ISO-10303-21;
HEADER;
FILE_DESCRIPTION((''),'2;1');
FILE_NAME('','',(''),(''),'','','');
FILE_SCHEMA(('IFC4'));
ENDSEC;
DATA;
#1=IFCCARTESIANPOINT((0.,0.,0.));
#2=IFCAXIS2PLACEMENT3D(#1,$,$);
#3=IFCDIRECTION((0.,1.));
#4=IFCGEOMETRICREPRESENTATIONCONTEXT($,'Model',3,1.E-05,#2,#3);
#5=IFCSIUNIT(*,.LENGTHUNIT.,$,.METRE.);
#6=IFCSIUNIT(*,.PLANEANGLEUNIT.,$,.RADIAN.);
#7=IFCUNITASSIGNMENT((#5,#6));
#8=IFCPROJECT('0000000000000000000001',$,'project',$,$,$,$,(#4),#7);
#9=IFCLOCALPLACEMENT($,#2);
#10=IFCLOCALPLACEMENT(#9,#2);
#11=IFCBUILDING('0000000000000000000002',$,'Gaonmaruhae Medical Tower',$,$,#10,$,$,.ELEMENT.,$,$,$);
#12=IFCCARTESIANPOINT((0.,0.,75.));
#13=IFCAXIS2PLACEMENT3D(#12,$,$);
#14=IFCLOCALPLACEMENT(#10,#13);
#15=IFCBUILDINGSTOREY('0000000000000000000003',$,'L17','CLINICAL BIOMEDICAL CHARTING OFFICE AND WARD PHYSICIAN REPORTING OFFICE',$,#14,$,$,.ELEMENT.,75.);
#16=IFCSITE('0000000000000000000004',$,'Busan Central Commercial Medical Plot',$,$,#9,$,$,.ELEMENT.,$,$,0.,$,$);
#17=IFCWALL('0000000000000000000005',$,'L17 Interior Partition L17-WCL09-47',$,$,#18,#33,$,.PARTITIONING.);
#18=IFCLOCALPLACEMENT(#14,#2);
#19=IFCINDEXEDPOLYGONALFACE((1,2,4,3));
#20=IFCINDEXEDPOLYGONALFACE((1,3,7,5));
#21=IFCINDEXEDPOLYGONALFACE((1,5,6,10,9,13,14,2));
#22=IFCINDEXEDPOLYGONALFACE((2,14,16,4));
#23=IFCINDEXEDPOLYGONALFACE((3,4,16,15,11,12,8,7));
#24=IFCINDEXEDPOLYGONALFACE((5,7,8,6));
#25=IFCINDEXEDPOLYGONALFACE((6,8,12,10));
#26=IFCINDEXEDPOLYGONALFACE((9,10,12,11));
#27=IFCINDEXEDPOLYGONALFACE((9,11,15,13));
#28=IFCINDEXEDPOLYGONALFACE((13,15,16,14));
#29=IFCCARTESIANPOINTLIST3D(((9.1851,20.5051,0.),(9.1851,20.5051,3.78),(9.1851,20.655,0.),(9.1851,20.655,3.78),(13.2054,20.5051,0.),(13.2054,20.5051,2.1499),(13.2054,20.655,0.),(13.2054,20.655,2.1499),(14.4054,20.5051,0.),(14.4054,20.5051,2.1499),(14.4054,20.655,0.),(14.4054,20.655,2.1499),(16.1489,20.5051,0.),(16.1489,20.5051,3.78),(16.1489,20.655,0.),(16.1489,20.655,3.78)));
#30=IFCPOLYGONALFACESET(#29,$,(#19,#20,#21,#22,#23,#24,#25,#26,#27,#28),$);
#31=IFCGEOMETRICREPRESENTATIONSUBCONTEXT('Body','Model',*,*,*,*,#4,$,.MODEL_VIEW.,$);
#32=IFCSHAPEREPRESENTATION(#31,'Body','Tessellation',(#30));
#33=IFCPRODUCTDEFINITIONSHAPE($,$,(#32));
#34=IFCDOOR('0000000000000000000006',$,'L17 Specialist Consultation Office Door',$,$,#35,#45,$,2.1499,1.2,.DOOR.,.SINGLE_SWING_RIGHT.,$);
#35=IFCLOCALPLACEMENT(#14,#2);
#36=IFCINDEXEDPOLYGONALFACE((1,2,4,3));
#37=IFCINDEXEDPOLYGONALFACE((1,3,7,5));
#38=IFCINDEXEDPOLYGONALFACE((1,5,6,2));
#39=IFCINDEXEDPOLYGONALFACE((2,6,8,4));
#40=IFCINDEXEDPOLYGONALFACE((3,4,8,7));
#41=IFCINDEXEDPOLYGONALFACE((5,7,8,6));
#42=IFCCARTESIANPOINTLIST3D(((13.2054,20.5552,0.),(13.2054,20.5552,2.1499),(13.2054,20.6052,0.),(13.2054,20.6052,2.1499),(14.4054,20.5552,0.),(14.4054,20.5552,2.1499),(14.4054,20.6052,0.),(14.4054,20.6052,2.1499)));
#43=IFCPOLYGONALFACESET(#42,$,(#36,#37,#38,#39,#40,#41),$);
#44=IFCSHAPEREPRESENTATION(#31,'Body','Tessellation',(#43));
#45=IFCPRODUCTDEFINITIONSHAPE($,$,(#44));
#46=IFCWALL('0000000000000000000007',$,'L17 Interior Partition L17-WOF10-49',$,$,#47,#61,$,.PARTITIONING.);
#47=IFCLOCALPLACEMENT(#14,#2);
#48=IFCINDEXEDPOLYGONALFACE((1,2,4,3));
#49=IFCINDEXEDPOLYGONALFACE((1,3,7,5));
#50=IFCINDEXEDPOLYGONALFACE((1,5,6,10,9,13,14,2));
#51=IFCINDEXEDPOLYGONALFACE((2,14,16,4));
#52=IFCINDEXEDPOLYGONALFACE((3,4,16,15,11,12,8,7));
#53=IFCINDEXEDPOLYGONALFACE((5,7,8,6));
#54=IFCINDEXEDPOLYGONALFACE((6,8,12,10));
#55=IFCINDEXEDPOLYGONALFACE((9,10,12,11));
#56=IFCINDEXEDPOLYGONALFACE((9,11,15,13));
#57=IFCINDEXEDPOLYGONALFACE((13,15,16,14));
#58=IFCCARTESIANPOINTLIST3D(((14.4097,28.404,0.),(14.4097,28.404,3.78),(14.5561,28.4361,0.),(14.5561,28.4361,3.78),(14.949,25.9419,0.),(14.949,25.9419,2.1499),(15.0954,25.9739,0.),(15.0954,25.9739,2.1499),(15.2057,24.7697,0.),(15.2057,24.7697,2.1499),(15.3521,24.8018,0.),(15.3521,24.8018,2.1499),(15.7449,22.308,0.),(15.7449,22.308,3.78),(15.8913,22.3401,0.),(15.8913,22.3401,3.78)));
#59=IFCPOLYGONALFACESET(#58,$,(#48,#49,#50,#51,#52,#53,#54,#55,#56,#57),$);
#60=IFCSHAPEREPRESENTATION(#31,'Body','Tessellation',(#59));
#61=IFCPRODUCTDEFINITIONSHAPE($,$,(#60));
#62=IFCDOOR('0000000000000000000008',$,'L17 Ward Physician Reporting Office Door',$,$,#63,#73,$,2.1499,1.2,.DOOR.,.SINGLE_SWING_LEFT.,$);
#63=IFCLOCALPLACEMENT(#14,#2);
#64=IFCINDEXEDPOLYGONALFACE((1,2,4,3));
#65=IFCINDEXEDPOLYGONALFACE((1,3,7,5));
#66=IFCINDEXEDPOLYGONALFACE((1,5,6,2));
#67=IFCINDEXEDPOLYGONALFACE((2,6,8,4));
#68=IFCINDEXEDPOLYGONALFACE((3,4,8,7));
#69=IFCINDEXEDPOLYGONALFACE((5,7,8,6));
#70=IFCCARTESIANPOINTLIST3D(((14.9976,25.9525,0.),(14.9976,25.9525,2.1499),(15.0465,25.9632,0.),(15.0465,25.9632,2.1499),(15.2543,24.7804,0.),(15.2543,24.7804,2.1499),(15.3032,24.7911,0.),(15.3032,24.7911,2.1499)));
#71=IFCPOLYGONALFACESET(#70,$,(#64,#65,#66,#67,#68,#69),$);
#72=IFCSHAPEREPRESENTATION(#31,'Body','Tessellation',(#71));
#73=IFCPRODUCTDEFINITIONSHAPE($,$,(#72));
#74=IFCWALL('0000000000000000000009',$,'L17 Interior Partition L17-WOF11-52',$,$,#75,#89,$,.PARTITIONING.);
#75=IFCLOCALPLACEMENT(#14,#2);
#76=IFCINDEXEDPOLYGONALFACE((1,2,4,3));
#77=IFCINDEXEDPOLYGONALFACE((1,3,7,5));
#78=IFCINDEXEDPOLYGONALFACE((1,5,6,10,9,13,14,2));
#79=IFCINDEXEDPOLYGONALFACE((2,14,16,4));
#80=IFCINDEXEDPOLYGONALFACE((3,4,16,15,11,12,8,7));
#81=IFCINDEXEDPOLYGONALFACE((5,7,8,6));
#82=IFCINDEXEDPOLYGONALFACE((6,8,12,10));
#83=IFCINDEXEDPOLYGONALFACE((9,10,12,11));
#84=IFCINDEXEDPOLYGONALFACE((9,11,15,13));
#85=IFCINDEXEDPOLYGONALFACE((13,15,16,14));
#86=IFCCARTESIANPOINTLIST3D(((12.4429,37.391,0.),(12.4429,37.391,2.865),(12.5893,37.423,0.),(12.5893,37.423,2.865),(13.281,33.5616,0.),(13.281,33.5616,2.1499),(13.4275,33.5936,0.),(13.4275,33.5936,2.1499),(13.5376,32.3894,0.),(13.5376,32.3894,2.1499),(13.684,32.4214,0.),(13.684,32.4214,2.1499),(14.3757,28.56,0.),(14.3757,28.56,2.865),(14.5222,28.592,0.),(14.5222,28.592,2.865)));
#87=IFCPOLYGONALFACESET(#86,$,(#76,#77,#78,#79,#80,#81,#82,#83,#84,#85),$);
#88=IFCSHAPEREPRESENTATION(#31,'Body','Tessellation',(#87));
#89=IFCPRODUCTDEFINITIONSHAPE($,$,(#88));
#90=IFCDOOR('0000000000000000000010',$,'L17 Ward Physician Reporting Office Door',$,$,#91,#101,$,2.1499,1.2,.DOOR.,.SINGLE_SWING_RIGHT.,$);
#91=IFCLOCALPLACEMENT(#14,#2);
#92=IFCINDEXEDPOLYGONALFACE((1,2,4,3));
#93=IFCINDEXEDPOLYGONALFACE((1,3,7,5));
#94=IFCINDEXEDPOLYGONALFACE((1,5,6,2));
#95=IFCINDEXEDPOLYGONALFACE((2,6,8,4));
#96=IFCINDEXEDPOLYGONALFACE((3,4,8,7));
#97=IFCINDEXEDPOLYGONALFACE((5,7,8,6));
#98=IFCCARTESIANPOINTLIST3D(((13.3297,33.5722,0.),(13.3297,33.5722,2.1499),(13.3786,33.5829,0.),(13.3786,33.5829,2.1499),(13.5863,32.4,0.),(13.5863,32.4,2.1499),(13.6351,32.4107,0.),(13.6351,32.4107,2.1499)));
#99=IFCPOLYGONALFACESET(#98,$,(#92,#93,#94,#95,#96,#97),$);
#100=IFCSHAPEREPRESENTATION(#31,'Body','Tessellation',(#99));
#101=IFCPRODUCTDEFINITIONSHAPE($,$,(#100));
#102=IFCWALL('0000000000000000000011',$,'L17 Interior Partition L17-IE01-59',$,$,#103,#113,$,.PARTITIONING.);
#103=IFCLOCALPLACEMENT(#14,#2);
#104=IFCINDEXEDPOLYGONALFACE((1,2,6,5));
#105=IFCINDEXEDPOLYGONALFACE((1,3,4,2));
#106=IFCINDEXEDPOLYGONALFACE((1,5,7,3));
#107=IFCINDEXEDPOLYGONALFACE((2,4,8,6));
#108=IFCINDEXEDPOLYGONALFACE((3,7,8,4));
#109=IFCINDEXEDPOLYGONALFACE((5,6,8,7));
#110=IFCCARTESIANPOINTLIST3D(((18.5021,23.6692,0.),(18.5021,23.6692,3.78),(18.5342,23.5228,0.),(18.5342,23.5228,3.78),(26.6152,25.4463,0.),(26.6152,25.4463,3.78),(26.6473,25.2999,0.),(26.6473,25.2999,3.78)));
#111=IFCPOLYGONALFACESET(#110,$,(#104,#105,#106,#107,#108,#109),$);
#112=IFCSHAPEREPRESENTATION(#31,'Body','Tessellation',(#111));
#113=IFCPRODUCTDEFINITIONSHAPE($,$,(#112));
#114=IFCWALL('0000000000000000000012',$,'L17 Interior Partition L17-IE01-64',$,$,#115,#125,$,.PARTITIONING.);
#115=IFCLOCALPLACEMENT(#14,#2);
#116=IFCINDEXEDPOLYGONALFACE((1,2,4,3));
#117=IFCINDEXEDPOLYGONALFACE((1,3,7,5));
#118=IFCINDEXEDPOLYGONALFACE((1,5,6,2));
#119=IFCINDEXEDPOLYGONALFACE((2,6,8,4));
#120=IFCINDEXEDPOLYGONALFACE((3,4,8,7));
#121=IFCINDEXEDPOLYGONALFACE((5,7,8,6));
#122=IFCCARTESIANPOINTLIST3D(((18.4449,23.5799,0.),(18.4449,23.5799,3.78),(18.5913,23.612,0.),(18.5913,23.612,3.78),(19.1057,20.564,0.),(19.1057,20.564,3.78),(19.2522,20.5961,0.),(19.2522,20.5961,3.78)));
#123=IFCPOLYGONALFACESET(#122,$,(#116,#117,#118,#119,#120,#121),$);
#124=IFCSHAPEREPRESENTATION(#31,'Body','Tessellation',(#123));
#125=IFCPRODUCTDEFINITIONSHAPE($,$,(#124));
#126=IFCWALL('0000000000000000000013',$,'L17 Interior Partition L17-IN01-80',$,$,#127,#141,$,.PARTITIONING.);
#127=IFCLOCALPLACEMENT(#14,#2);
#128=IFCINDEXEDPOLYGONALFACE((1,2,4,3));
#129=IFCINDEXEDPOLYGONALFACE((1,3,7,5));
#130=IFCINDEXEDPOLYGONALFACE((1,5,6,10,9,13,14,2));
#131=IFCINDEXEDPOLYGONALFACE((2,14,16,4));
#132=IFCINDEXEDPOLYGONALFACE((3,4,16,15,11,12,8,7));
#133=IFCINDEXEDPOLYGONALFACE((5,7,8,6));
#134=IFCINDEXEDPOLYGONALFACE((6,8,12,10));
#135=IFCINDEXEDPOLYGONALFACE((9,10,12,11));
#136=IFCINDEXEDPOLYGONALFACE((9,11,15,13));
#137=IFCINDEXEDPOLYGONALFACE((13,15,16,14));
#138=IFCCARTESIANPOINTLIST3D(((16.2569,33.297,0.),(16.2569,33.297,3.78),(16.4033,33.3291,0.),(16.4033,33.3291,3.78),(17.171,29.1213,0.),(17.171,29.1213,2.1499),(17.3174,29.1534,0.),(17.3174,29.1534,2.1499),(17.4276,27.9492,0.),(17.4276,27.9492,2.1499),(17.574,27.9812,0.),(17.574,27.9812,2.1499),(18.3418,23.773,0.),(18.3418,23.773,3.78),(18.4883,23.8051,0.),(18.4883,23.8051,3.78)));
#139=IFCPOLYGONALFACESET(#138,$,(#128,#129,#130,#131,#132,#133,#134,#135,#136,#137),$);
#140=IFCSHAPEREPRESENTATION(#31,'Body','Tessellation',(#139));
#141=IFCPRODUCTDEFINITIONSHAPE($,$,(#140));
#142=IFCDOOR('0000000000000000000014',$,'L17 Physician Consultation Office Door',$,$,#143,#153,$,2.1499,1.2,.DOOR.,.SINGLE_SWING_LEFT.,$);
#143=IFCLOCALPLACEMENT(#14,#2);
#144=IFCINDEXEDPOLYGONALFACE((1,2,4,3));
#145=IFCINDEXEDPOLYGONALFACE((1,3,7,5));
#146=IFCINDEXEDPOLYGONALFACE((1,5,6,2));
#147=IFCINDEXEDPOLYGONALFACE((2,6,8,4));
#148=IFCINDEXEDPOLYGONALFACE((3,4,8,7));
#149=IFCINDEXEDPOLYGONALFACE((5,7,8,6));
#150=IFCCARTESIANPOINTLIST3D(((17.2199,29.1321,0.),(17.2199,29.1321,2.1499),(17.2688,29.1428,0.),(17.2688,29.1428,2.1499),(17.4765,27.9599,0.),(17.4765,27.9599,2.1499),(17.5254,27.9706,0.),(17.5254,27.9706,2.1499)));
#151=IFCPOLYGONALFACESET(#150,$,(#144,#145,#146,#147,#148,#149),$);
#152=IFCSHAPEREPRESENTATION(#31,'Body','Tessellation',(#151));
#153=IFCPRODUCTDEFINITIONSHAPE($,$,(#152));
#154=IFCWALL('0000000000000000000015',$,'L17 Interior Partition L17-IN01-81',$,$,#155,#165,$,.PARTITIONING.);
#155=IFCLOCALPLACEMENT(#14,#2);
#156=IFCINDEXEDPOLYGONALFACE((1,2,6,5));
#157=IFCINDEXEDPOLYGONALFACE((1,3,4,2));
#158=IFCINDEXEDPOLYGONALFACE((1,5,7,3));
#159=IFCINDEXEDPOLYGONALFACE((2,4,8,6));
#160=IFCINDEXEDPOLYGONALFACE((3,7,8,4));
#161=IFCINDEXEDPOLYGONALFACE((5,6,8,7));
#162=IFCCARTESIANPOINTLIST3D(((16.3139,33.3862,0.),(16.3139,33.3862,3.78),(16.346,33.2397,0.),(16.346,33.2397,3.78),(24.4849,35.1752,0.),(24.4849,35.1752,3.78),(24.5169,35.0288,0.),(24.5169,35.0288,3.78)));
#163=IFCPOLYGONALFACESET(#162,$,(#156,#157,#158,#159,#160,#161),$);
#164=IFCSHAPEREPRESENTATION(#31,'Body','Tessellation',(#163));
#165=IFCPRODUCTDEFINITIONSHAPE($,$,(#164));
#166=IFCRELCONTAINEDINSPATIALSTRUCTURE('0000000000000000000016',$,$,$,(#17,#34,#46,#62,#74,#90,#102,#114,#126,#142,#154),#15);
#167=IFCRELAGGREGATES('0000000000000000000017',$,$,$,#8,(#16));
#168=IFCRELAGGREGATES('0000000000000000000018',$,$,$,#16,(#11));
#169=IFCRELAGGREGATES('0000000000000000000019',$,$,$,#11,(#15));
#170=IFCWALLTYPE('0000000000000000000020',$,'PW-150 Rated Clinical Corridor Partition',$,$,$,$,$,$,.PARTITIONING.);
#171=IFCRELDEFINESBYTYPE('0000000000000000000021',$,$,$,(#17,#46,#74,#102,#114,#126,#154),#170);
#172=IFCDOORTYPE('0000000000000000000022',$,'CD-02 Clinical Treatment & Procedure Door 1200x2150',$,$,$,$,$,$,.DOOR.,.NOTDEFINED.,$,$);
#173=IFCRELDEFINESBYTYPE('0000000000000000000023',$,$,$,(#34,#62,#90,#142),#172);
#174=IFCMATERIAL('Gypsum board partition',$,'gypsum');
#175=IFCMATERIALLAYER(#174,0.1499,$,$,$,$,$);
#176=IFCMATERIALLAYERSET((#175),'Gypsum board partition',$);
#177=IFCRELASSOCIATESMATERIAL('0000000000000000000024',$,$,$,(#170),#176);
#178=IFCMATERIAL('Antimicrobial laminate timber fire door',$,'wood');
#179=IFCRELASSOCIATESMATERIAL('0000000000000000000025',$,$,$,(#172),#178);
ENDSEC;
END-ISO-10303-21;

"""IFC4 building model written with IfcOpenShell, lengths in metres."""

from ifc_helpers import new_model, si_unit, direction, frame, frame_2d, origin, place, context, subcontext, project, spatial, rectangle, extrude, material, layer, layer_set, type_object, element, fill, save


model = new_model("IFC4")

# Units and contexts
model_context = context("Model", 3, precision=1e-05, world=origin(), true_north=direction((0.0, 1.0)))
body_context = subcontext(model_context, "Body", "Model", "MODEL_VIEW")
ifc_project = project(units=[si_unit("LENGTHUNIT", "METRE"), si_unit("PLANEANGLEUNIT", "RADIAN")], contexts=[model_context])

# Site, building, storey
site_placement = place(None, origin())
site = spatial("IfcSite", under=ifc_project, at=site_placement, Name="Busan Central Commercial Medical Plot", CompositionType="ELEMENT", RefElevation=0.0)
building_placement = place(site_placement, origin())
building = spatial("IfcBuilding", under=site, at=building_placement, Name="Gaonmaruhae Medical Tower", CompositionType="ELEMENT")
storey_placement = place(building_placement, frame((0.0, 0.0, 75.0)))
storey = spatial("IfcBuildingStorey", under=building, at=storey_placement, Name="L17", Description="CLINICAL BIOMEDICAL CHARTING OFFICE AND WARD PHYSICIAN REPORTING OFFICE", CompositionType="ELEMENT", Elevation=75.0)

# Shared definitions
ifc_material_1 = material(Name="Gypsum board partition", Category="gypsum")
ifc_layer_1 = layer(ifc_material_1, 0.1499)
ifc_layer_set_1 = layer_set([ifc_layer_1], Name="Gypsum board partition")
wall_type_1 = type_object("IfcWallType", Name="PW-150 Rated Clinical Corridor Partition", PredefinedType="PARTITIONING", material=ifc_layer_set_1)

# Walls, openings, doors
wall_1_placement = place(storey_placement, frame((16.1489, 20.5801, 0.0), z_axis=(0.0, 0.0, 1.0), x_axis=(-1.0, 0.0, 0.0)))
wall_1 = element("IfcWall", 1, at=wall_1_placement, inside=storey, type_object=wall_type_1, Name="L17 Interior Partition L17-WCL09-47", PredefinedType="PARTITIONING", context=body_context, shape_type="SweptSolid", body=[
    extrude(rectangle(XDim=6.9639, YDim=0.1499, at=frame_2d((3.4819, 0.0))), origin(), (0.0, 0.0, 1.0), 3.78),
])
opening_1_placement = place(wall_1_placement, frame((1.7434, 0.0, 0.0)))
opening_1 = element("IfcOpeningElement", 2, at=opening_1_placement, cuts=wall_1, PredefinedType="OPENING", context=body_context, shape_type="SweptSolid", body=[
    extrude(rectangle(XDim=1.2, YDim=2.1499, at=frame_2d((0.6001, 1.075))), frame((0.0, 0.085, 0.0), z_axis=(0.0, -1.0, 0.0), x_axis=(1.0, 0.0, 0.0)), (0.0, 0.0, 1.0), 0.1699),
])
ifc_material_2 = material(Name="Antimicrobial laminate timber fire door", Category="wood")
door_type_1 = type_object("IfcDoorType", Name="CD-02 Clinical Treatment & Procedure Door 1200x2150", OperationType="NOTDEFINED", PredefinedType="DOOR", material=ifc_material_2)
door_1_placement = place(opening_1_placement, origin())
door_1 = element("IfcDoor", 3, at=door_1_placement, inside=storey, type_object=door_type_1, Name="L17 Specialist Consultation Office Door", OperationType="SINGLE_SWING_RIGHT", OverallHeight=2.1499, OverallWidth=1.2, PredefinedType="DOOR", context=body_context, shape_type="SweptSolid", body=[
    extrude(rectangle(XDim=1.2, YDim=2.1499, at=frame_2d((0.6001, 1.075))), frame((0.0, 0.0249, 0.0), z_axis=(0.0, -1.0, 0.0), x_axis=(1.0, 0.0, 0.0)), (0.0, 0.0, 1.0), 0.05),
])
fill(opening_1, door_1)
wall_2_placement = place(storey_placement, frame((14.4829, 28.4199, 0.0), z_axis=(0.0, 0.0, 1.0), x_axis=(0.213959, -0.976843, 0.0)))
wall_2 = element("IfcWall", 4, at=wall_2_placement, inside=storey, type_object=wall_type_1, Name="L17 Interior Partition L17-WOF10-49", PredefinedType="PARTITIONING", context=body_context, shape_type="SweptSolid", body=[
    extrude(rectangle(XDim=6.2405, YDim=0.1499, at=frame_2d((3.1201, 0.0))), origin(), (0.0, 0.0, 1.0), 3.78),
])
opening_2_placement = place(wall_2_placement, frame((2.5203, 0.0, 0.0)))
opening_2 = element("IfcOpeningElement", 5, at=opening_2_placement, cuts=wall_2, PredefinedType="OPENING", context=body_context, shape_type="SweptSolid", body=[
    extrude(rectangle(XDim=1.2, YDim=2.1499, at=frame_2d((0.6001, 1.075))), frame((0.0, 0.085, 0.0), z_axis=(0.0, -1.0, 0.0), x_axis=(1.0, 0.0, 0.0)), (0.0, 0.0, 1.0), 0.1699),
])
door_2_placement = place(opening_2_placement, origin())
door_2 = element("IfcDoor", 6, at=door_2_placement, inside=storey, type_object=door_type_1, Name="L17 Ward Physician Reporting Office Door", OperationType="SINGLE_SWING_LEFT", OverallHeight=2.1499, OverallWidth=1.2, PredefinedType="DOOR", context=body_context, shape_type="SweptSolid", body=[
    extrude(rectangle(XDim=1.2, YDim=2.1499, at=frame_2d((0.6001, 1.075))), frame((0.0, 0.0249, 0.0), z_axis=(0.0, -1.0, 0.0), x_axis=(1.0, 0.0, 0.0)), (0.0, 0.0, 1.0), 0.05),
])
fill(opening_2, door_2)
wall_3_placement = place(storey_placement, frame((12.5161, 37.407, 0.0), z_axis=(0.0, 0.0, 1.0), x_axis=(0.21381, -0.976875, 0.0)))
wall_3 = element("IfcWall", 7, at=wall_3_placement, inside=storey, type_object=wall_type_1, Name="L17 Interior Partition L17-WOF11-52", PredefinedType="PARTITIONING", context=body_context, shape_type="SweptSolid", body=[
    extrude(rectangle(XDim=9.04, YDim=0.1499, at=frame_2d((4.52, 0.0))), origin(), (0.0, 0.0, 1.0), 2.865),
])
opening_3_placement = place(wall_3_placement, frame((3.9199, 0.0, 0.0)))
opening_3 = element("IfcOpeningElement", 8, at=opening_3_placement, cuts=wall_3, PredefinedType="OPENING", context=body_context, shape_type="SweptSolid", body=[
    extrude(rectangle(XDim=1.2, YDim=2.1499, at=frame_2d((0.6001, 1.075))), frame((0.0, 0.085, 0.0), z_axis=(0.0, -1.0, 0.0), x_axis=(1.0, 0.0, 0.0)), (0.0, 0.0, 1.0), 0.1699),
])
door_3_placement = place(opening_3_placement, origin())
door_3 = element("IfcDoor", 9, at=door_3_placement, inside=storey, type_object=door_type_1, Name="L17 Ward Physician Reporting Office Door", OperationType="SINGLE_SWING_RIGHT", OverallHeight=2.1499, OverallWidth=1.2, PredefinedType="DOOR", context=body_context, shape_type="SweptSolid", body=[
    extrude(rectangle(XDim=1.2, YDim=2.1499, at=frame_2d((0.6001, 1.075))), frame((0.0, 0.0249, 0.0), z_axis=(0.0, -1.0, 0.0), x_axis=(1.0, 0.0, 0.0)), (0.0, 0.0, 1.0), 0.05),
])
fill(opening_3, door_3)

# Walls
wall_4_placement = place(storey_placement, frame((18.5181, 23.5959, 0.0), z_axis=(0.0, 0.0, 1.0), x_axis=(0.97684, 0.21397, 0.0)))
element("IfcWall", 10, at=wall_4_placement, inside=storey, type_object=wall_type_1, Name="L17 Interior Partition L17-IE01-59", PredefinedType="PARTITIONING", context=body_context, shape_type="SweptSolid", body=[
    extrude(rectangle(XDim=8.3054, YDim=0.1499, at=frame_2d((4.1528, 0.0))), origin(), (0.0, 0.0, 1.0), 3.78),
])
wall_5_placement = place(storey_placement, frame((19.179, 20.5801, 0.0), z_axis=(0.0, 0.0, 1.0), x_axis=(-0.214058, 0.976821, 0.0)))
element("IfcWall", 11, at=wall_5_placement, inside=storey, type_object=wall_type_1, Name="L17 Interior Partition L17-IE01-64", PredefinedType="PARTITIONING", context=body_context, shape_type="SweptSolid", body=[
    extrude(rectangle(XDim=3.0874, YDim=0.1499, at=frame_2d((1.5437, 0.0))), origin(), (0.0, 0.0, 1.0), 3.78),
])

# Wall, opening, door
wall_6_placement = place(storey_placement, frame((18.415, 23.7891, 0.0), z_axis=(0.0, 0.0, 1.0), x_axis=(-0.213854, 0.976866, 0.0)))
wall_6 = element("IfcWall", 12, at=wall_6_placement, inside=storey, type_object=wall_type_1, Name="L17 Interior Partition L17-IN01-80", PredefinedType="PARTITIONING", context=body_context, shape_type="SweptSolid", body=[
    extrude(rectangle(XDim=9.7495, YDim=0.1499, at=frame_2d((4.8748, 0.0))), origin(), (0.0, 0.0, 1.0), 3.78),
])
opening_4_placement = place(wall_6_placement, frame((4.2749, 0.0, 0.0)))
opening_4 = element("IfcOpeningElement", 13, at=opening_4_placement, cuts=wall_6, PredefinedType="OPENING", context=body_context, shape_type="SweptSolid", body=[
    extrude(rectangle(XDim=1.2, YDim=2.1499, at=frame_2d((0.6001, 1.075))), frame((0.0, 0.085, 0.0), z_axis=(0.0, -1.0, 0.0), x_axis=(1.0, 0.0, 0.0)), (0.0, 0.0, 1.0), 0.1699),
])
door_4_placement = place(opening_4_placement, origin())
door_4 = element("IfcDoor", 14, at=door_4_placement, inside=storey, type_object=door_type_1, Name="L17 Physician Consultation Office Door", OperationType="SINGLE_SWING_LEFT", OverallHeight=2.1499, OverallWidth=1.2, PredefinedType="DOOR", context=body_context, shape_type="SweptSolid", body=[
    extrude(rectangle(XDim=1.2, YDim=2.1499, at=frame_2d((0.6001, 1.075))), frame((0.0, 0.0249, 0.0), z_axis=(0.0, -1.0, 0.0), x_axis=(1.0, 0.0, 0.0)), (0.0, 0.0, 1.0), 0.05),
])
fill(opening_4, door_4)

# Wall
wall_7_placement = place(storey_placement, frame((16.3301, 33.313, 0.0), z_axis=(0.0, 0.0, 1.0), x_axis=(0.976858, 0.213888, 0.0)))
element("IfcWall", 15, at=wall_7_placement, inside=storey, type_object=wall_type_1, Name="L17 Interior Partition L17-IN01-81", PredefinedType="PARTITIONING", context=body_context, shape_type="SweptSolid", body=[
    extrude(rectangle(XDim=8.3645, YDim=0.1499, at=frame_2d((4.1821, 0.0))), origin(), (0.0, 0.0, 1.0), 3.78),
])

save(model, "model.ifc")
